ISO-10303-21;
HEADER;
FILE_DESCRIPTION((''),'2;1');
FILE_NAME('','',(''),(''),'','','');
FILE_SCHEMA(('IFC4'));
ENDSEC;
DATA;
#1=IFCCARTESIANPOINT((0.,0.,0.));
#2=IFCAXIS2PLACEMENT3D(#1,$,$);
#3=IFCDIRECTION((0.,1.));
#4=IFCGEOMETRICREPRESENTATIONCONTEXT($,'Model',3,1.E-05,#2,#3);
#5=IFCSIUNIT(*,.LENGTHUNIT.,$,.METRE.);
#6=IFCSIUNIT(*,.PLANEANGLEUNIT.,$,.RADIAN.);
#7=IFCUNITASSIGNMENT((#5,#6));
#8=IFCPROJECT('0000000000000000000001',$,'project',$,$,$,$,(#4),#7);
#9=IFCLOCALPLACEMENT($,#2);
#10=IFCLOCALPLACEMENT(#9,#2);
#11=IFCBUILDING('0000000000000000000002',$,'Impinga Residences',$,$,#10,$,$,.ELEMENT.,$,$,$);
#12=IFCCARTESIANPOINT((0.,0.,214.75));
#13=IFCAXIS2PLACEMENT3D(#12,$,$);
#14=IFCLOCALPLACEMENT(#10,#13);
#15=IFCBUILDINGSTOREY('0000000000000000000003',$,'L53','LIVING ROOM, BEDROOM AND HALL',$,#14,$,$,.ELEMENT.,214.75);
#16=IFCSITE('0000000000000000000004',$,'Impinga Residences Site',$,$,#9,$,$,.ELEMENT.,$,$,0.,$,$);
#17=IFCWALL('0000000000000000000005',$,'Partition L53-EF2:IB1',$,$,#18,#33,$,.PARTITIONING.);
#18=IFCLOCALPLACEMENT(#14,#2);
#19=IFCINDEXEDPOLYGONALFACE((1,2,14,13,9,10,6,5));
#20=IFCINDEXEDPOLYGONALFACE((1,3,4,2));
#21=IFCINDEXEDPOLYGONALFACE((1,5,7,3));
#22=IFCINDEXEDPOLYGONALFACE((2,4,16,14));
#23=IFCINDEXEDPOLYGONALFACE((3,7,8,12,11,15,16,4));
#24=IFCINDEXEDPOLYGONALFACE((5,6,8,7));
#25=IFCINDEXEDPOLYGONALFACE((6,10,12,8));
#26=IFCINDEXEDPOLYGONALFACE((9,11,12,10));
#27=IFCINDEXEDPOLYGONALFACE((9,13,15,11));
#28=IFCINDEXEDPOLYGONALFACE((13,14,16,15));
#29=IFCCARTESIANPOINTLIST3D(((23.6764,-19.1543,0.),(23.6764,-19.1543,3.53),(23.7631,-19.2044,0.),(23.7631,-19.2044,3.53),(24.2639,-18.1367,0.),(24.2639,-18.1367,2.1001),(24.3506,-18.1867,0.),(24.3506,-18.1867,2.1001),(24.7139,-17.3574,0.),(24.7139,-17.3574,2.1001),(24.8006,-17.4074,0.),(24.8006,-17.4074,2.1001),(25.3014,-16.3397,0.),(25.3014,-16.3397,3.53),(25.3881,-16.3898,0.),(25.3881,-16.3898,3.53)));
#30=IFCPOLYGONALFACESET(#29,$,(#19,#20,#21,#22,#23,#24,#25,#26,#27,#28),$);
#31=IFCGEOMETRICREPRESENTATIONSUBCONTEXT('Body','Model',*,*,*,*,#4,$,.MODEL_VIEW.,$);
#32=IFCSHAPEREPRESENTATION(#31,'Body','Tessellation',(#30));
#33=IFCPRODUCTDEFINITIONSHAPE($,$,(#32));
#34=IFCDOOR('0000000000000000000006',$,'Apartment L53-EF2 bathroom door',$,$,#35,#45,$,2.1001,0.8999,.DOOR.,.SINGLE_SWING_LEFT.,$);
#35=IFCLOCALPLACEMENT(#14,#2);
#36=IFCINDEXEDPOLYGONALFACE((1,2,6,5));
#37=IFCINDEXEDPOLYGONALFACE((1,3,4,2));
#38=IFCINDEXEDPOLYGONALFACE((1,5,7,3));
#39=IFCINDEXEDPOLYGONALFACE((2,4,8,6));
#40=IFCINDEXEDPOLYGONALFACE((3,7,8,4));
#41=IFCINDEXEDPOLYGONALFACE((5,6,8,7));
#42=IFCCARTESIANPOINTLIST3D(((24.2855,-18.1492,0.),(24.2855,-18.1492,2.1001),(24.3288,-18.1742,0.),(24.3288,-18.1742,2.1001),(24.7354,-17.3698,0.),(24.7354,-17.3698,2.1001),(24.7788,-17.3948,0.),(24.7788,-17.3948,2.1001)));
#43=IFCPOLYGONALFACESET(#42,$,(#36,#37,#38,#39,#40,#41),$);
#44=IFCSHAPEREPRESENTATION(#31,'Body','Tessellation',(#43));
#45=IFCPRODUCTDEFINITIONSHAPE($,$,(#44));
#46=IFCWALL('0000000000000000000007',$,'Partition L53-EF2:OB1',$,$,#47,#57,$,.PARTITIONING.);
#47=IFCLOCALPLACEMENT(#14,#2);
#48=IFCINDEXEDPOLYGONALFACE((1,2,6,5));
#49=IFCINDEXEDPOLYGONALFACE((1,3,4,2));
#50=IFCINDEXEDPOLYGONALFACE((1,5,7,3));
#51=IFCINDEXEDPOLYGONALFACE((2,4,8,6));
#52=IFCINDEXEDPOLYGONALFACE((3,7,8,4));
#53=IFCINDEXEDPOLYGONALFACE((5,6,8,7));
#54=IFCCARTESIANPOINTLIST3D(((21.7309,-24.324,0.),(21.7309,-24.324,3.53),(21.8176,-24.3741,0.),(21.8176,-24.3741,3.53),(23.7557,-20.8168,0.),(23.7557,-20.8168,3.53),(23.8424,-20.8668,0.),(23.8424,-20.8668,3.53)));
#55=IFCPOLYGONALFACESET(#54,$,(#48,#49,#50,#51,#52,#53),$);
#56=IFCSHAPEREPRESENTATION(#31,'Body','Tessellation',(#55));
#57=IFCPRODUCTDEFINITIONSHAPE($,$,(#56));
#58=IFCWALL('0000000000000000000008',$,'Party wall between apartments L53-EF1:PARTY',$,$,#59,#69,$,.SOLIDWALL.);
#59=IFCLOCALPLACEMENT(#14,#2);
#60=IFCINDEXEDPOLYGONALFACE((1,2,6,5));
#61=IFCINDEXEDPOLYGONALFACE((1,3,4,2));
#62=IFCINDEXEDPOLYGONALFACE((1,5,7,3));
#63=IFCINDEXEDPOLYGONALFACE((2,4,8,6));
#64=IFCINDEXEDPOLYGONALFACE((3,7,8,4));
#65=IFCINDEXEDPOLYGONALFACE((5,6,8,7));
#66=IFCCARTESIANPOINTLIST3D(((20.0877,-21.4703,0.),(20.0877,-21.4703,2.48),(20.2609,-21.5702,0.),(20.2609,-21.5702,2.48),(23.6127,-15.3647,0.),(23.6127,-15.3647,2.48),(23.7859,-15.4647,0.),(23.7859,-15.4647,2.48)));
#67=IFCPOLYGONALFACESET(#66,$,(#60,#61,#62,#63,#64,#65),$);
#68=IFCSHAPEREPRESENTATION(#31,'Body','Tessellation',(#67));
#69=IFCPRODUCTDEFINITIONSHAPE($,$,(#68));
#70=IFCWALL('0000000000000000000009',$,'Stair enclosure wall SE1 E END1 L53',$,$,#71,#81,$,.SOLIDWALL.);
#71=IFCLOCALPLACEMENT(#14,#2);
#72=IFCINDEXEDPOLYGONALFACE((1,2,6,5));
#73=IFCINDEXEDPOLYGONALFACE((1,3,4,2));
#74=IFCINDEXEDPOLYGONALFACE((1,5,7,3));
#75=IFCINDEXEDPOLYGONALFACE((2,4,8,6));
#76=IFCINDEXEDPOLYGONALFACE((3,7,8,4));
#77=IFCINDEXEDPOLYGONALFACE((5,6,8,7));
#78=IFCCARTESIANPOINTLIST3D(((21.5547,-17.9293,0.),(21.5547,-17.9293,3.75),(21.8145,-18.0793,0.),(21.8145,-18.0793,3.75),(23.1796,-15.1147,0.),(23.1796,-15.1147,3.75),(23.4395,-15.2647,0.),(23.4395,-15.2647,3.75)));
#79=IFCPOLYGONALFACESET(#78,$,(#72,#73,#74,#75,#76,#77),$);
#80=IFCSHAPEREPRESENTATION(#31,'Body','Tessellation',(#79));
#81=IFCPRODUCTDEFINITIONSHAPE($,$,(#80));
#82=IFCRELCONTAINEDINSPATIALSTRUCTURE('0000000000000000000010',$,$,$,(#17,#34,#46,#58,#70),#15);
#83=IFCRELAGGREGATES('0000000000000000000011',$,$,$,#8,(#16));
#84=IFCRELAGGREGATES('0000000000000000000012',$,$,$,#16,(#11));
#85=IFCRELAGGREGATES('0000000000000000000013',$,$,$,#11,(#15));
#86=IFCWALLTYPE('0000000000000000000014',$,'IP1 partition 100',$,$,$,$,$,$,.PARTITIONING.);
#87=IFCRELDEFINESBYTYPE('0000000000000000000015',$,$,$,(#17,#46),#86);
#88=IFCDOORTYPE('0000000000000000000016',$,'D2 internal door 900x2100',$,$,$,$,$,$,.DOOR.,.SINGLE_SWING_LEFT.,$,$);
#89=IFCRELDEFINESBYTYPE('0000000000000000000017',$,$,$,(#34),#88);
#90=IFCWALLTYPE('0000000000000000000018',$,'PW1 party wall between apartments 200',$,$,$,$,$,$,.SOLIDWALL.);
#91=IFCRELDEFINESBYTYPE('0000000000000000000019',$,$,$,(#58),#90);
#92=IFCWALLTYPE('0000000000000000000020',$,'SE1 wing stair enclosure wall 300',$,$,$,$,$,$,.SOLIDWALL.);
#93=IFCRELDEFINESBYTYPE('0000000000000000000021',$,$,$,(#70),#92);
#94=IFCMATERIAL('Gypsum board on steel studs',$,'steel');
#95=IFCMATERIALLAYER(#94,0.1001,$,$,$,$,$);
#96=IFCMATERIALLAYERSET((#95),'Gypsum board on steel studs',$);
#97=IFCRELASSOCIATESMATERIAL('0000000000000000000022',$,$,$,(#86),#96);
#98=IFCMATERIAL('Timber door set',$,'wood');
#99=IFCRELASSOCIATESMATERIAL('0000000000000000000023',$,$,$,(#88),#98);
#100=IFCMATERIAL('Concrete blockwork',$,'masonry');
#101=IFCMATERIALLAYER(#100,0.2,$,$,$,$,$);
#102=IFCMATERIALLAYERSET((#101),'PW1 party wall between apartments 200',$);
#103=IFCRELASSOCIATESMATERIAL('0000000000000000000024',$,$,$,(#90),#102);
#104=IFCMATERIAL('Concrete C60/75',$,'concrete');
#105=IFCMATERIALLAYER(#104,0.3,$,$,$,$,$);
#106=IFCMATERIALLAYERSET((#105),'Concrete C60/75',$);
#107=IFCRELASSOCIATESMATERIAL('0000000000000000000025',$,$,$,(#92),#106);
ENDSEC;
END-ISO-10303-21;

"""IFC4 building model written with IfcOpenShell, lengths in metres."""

from ifc_helpers import new_model, si_unit, direction, frame, frame_2d, origin, place, context, subcontext, project, spatial, rectangle, extrude, material, layer, layer_set, type_object, element, fill, save


model = new_model("IFC4")

# Units and contexts
model_context = context("Model", 3, precision=1e-05, world=origin(), true_north=direction((0.0, 1.0)))
body_context = subcontext(model_context, "Body", "Model", "MODEL_VIEW")
ifc_project = project(units=[si_unit("LENGTHUNIT", "METRE"), si_unit("PLANEANGLEUNIT", "RADIAN")], contexts=[model_context])

# Site, building, storey
site_placement = place(None, origin())
site = spatial("IfcSite", under=ifc_project, at=site_placement, Name="Impinga Residences Site", CompositionType="ELEMENT", RefElevation=0.0)
building_placement = place(site_placement, origin())
building = spatial("IfcBuilding", under=site, at=building_placement, Name="Impinga Residences", CompositionType="ELEMENT")
storey_placement = place(building_placement, frame((0.0, 0.0, 214.75)))
storey = spatial("IfcBuildingStorey", under=building, at=storey_placement, Name="L53", Description="LIVING ROOM, BEDROOM AND HALL", CompositionType="ELEMENT", Elevation=214.75)

# Shared definitions
ifc_material_1 = material(Name="Concrete C60/75", Category="concrete")

# Shared definitions
ifc_material_2 = material(Name="Concrete blockwork", Category="masonry")
ifc_material_3 = material(Name="Timber door set", Category="wood")

# Shared definitions
ifc_material_4 = material(Name="Gypsum board on steel studs", Category="steel")
ifc_layer_1 = layer(ifc_material_4, 0.1001)
ifc_layer_set_1 = layer_set([ifc_layer_1], Name="Gypsum board on steel studs")
wall_type_1 = type_object("IfcWallType", Name="IP1 partition 100", PredefinedType="PARTITIONING", material=ifc_layer_set_1)

# Wall, opening, door
wall_1_placement = place(storey_placement, frame((25.3447, -16.3647, 0.0), z_axis=(0.0, 0.0, 1.0), x_axis=(-0.499985, -0.866034, 0.0)))
wall_1 = element("IfcWall", 1, at=wall_1_placement, inside=storey, type_object=wall_type_1, Name="Partition L53-EF2:IB1", PredefinedType="PARTITIONING", context=body_context, shape_type="SweptSolid", body=[
    extrude(rectangle(XDim=3.25, YDim=0.1001, at=frame_2d((1.625, 0.0))), origin(), (0.0, 0.0, 1.0), 3.53),
])
opening_1_placement = place(wall_1_placement, frame((1.175, 0.0, 0.0)))
opening_1 = element("IfcOpeningElement", 2, at=opening_1_placement, cuts=wall_1, PredefinedType="OPENING", context=body_context, shape_type="SweptSolid", body=[
    extrude(rectangle(XDim=0.8999, YDim=2.1001, at=frame_2d((0.45, 1.05))), frame((0.0, 0.0601, 0.0), z_axis=(0.0, -1.0, 0.0), x_axis=(1.0, 0.0, 0.0)), (0.0, 0.0, 1.0), 0.1201),
])
door_type_1 = type_object("IfcDoorType", Name="D2 internal door 900x2100", OperationType="SINGLE_SWING_LEFT", PredefinedType="DOOR", material=ifc_material_3)
door_1_placement = place(opening_1_placement, origin())
door_1 = element("IfcDoor", 3, at=door_1_placement, inside=storey, type_object=door_type_1, Name="Apartment L53-EF2 bathroom door", OperationType="SINGLE_SWING_LEFT", OverallHeight=2.1001, OverallWidth=0.8999, PredefinedType="DOOR", context=body_context, shape_type="SweptSolid", body=[
    extrude(rectangle(XDim=0.8999, YDim=2.1001, at=frame_2d((0.45, 1.05))), frame((0.0, 0.0249, 0.0), z_axis=(0.0, -1.0, 0.0), x_axis=(1.0, 0.0, 0.0)), (0.0, 0.0, 1.0), 0.05),
])
fill(opening_1, door_1)

# Walls
wall_2_placement = place(storey_placement, frame((23.7991, -20.8418, 0.0), z_axis=(0.0, 0.0, 1.0), x_axis=(-0.49999, -0.866031, 0.0)))
element("IfcWall", 4, at=wall_2_placement, inside=storey, type_object=wall_type_1, Name="Partition L53-EF2:OB1", PredefinedType="PARTITIONING", context=body_context, shape_type="SweptSolid", body=[
    extrude(rectangle(XDim=4.0498, YDim=0.1001, at=frame_2d((2.0249, 0.0))), origin(), (0.0, 0.0, 1.0), 3.53),
])
ifc_layer_2 = layer(ifc_material_2, 0.2)
ifc_layer_set_2 = layer_set([ifc_layer_2], Name="PW1 party wall between apartments 200")
wall_type_2 = type_object("IfcWallType", Name="PW1 party wall between apartments 200", PredefinedType="SOLIDWALL", material=ifc_layer_set_2)
wall_3_placement = place(storey_placement, frame((23.6992, -15.4148, 0.0), z_axis=(0.0, 0.0, 1.0), x_axis=(-0.49999, -0.866031, 0.0)))
element("IfcWall", 5, at=wall_3_placement, inside=storey, type_object=wall_type_2, Name="Party wall between apartments L53-EF1:PARTY", PredefinedType="SOLIDWALL", context=body_context, shape_type="SweptSolid", body=[
    extrude(rectangle(XDim=7.05, YDim=0.2, at=frame_2d((3.5249, 0.0))), origin(), (0.0, 0.0, 1.0), 2.48),
])
ifc_layer_3 = layer(ifc_material_1, 0.3)
ifc_layer_set_3 = layer_set([ifc_layer_3], Name="Concrete C60/75")
wall_type_3 = type_object("IfcWallType", Name="SE1 wing stair enclosure wall 300", PredefinedType="SOLIDWALL", material=ifc_layer_set_3)
wall_4_placement = place(storey_placement, frame((23.3096, -15.1897, 0.0), z_axis=(0.0, 0.0, 1.0), x_axis=(-0.499985, -0.866034, 0.0)))
element("IfcWall", 6, at=wall_4_placement, inside=storey, type_object=wall_type_3, Name="Stair enclosure wall SE1 E END1 L53", PredefinedType="SOLIDWALL", context=body_context, shape_type="SweptSolid", body=[
    extrude(rectangle(XDim=3.25, YDim=0.3, at=frame_2d((1.625, 0.0))), origin(), (0.0, 0.0, 1.0), 3.75),
])

save(model, "model.ifc")
